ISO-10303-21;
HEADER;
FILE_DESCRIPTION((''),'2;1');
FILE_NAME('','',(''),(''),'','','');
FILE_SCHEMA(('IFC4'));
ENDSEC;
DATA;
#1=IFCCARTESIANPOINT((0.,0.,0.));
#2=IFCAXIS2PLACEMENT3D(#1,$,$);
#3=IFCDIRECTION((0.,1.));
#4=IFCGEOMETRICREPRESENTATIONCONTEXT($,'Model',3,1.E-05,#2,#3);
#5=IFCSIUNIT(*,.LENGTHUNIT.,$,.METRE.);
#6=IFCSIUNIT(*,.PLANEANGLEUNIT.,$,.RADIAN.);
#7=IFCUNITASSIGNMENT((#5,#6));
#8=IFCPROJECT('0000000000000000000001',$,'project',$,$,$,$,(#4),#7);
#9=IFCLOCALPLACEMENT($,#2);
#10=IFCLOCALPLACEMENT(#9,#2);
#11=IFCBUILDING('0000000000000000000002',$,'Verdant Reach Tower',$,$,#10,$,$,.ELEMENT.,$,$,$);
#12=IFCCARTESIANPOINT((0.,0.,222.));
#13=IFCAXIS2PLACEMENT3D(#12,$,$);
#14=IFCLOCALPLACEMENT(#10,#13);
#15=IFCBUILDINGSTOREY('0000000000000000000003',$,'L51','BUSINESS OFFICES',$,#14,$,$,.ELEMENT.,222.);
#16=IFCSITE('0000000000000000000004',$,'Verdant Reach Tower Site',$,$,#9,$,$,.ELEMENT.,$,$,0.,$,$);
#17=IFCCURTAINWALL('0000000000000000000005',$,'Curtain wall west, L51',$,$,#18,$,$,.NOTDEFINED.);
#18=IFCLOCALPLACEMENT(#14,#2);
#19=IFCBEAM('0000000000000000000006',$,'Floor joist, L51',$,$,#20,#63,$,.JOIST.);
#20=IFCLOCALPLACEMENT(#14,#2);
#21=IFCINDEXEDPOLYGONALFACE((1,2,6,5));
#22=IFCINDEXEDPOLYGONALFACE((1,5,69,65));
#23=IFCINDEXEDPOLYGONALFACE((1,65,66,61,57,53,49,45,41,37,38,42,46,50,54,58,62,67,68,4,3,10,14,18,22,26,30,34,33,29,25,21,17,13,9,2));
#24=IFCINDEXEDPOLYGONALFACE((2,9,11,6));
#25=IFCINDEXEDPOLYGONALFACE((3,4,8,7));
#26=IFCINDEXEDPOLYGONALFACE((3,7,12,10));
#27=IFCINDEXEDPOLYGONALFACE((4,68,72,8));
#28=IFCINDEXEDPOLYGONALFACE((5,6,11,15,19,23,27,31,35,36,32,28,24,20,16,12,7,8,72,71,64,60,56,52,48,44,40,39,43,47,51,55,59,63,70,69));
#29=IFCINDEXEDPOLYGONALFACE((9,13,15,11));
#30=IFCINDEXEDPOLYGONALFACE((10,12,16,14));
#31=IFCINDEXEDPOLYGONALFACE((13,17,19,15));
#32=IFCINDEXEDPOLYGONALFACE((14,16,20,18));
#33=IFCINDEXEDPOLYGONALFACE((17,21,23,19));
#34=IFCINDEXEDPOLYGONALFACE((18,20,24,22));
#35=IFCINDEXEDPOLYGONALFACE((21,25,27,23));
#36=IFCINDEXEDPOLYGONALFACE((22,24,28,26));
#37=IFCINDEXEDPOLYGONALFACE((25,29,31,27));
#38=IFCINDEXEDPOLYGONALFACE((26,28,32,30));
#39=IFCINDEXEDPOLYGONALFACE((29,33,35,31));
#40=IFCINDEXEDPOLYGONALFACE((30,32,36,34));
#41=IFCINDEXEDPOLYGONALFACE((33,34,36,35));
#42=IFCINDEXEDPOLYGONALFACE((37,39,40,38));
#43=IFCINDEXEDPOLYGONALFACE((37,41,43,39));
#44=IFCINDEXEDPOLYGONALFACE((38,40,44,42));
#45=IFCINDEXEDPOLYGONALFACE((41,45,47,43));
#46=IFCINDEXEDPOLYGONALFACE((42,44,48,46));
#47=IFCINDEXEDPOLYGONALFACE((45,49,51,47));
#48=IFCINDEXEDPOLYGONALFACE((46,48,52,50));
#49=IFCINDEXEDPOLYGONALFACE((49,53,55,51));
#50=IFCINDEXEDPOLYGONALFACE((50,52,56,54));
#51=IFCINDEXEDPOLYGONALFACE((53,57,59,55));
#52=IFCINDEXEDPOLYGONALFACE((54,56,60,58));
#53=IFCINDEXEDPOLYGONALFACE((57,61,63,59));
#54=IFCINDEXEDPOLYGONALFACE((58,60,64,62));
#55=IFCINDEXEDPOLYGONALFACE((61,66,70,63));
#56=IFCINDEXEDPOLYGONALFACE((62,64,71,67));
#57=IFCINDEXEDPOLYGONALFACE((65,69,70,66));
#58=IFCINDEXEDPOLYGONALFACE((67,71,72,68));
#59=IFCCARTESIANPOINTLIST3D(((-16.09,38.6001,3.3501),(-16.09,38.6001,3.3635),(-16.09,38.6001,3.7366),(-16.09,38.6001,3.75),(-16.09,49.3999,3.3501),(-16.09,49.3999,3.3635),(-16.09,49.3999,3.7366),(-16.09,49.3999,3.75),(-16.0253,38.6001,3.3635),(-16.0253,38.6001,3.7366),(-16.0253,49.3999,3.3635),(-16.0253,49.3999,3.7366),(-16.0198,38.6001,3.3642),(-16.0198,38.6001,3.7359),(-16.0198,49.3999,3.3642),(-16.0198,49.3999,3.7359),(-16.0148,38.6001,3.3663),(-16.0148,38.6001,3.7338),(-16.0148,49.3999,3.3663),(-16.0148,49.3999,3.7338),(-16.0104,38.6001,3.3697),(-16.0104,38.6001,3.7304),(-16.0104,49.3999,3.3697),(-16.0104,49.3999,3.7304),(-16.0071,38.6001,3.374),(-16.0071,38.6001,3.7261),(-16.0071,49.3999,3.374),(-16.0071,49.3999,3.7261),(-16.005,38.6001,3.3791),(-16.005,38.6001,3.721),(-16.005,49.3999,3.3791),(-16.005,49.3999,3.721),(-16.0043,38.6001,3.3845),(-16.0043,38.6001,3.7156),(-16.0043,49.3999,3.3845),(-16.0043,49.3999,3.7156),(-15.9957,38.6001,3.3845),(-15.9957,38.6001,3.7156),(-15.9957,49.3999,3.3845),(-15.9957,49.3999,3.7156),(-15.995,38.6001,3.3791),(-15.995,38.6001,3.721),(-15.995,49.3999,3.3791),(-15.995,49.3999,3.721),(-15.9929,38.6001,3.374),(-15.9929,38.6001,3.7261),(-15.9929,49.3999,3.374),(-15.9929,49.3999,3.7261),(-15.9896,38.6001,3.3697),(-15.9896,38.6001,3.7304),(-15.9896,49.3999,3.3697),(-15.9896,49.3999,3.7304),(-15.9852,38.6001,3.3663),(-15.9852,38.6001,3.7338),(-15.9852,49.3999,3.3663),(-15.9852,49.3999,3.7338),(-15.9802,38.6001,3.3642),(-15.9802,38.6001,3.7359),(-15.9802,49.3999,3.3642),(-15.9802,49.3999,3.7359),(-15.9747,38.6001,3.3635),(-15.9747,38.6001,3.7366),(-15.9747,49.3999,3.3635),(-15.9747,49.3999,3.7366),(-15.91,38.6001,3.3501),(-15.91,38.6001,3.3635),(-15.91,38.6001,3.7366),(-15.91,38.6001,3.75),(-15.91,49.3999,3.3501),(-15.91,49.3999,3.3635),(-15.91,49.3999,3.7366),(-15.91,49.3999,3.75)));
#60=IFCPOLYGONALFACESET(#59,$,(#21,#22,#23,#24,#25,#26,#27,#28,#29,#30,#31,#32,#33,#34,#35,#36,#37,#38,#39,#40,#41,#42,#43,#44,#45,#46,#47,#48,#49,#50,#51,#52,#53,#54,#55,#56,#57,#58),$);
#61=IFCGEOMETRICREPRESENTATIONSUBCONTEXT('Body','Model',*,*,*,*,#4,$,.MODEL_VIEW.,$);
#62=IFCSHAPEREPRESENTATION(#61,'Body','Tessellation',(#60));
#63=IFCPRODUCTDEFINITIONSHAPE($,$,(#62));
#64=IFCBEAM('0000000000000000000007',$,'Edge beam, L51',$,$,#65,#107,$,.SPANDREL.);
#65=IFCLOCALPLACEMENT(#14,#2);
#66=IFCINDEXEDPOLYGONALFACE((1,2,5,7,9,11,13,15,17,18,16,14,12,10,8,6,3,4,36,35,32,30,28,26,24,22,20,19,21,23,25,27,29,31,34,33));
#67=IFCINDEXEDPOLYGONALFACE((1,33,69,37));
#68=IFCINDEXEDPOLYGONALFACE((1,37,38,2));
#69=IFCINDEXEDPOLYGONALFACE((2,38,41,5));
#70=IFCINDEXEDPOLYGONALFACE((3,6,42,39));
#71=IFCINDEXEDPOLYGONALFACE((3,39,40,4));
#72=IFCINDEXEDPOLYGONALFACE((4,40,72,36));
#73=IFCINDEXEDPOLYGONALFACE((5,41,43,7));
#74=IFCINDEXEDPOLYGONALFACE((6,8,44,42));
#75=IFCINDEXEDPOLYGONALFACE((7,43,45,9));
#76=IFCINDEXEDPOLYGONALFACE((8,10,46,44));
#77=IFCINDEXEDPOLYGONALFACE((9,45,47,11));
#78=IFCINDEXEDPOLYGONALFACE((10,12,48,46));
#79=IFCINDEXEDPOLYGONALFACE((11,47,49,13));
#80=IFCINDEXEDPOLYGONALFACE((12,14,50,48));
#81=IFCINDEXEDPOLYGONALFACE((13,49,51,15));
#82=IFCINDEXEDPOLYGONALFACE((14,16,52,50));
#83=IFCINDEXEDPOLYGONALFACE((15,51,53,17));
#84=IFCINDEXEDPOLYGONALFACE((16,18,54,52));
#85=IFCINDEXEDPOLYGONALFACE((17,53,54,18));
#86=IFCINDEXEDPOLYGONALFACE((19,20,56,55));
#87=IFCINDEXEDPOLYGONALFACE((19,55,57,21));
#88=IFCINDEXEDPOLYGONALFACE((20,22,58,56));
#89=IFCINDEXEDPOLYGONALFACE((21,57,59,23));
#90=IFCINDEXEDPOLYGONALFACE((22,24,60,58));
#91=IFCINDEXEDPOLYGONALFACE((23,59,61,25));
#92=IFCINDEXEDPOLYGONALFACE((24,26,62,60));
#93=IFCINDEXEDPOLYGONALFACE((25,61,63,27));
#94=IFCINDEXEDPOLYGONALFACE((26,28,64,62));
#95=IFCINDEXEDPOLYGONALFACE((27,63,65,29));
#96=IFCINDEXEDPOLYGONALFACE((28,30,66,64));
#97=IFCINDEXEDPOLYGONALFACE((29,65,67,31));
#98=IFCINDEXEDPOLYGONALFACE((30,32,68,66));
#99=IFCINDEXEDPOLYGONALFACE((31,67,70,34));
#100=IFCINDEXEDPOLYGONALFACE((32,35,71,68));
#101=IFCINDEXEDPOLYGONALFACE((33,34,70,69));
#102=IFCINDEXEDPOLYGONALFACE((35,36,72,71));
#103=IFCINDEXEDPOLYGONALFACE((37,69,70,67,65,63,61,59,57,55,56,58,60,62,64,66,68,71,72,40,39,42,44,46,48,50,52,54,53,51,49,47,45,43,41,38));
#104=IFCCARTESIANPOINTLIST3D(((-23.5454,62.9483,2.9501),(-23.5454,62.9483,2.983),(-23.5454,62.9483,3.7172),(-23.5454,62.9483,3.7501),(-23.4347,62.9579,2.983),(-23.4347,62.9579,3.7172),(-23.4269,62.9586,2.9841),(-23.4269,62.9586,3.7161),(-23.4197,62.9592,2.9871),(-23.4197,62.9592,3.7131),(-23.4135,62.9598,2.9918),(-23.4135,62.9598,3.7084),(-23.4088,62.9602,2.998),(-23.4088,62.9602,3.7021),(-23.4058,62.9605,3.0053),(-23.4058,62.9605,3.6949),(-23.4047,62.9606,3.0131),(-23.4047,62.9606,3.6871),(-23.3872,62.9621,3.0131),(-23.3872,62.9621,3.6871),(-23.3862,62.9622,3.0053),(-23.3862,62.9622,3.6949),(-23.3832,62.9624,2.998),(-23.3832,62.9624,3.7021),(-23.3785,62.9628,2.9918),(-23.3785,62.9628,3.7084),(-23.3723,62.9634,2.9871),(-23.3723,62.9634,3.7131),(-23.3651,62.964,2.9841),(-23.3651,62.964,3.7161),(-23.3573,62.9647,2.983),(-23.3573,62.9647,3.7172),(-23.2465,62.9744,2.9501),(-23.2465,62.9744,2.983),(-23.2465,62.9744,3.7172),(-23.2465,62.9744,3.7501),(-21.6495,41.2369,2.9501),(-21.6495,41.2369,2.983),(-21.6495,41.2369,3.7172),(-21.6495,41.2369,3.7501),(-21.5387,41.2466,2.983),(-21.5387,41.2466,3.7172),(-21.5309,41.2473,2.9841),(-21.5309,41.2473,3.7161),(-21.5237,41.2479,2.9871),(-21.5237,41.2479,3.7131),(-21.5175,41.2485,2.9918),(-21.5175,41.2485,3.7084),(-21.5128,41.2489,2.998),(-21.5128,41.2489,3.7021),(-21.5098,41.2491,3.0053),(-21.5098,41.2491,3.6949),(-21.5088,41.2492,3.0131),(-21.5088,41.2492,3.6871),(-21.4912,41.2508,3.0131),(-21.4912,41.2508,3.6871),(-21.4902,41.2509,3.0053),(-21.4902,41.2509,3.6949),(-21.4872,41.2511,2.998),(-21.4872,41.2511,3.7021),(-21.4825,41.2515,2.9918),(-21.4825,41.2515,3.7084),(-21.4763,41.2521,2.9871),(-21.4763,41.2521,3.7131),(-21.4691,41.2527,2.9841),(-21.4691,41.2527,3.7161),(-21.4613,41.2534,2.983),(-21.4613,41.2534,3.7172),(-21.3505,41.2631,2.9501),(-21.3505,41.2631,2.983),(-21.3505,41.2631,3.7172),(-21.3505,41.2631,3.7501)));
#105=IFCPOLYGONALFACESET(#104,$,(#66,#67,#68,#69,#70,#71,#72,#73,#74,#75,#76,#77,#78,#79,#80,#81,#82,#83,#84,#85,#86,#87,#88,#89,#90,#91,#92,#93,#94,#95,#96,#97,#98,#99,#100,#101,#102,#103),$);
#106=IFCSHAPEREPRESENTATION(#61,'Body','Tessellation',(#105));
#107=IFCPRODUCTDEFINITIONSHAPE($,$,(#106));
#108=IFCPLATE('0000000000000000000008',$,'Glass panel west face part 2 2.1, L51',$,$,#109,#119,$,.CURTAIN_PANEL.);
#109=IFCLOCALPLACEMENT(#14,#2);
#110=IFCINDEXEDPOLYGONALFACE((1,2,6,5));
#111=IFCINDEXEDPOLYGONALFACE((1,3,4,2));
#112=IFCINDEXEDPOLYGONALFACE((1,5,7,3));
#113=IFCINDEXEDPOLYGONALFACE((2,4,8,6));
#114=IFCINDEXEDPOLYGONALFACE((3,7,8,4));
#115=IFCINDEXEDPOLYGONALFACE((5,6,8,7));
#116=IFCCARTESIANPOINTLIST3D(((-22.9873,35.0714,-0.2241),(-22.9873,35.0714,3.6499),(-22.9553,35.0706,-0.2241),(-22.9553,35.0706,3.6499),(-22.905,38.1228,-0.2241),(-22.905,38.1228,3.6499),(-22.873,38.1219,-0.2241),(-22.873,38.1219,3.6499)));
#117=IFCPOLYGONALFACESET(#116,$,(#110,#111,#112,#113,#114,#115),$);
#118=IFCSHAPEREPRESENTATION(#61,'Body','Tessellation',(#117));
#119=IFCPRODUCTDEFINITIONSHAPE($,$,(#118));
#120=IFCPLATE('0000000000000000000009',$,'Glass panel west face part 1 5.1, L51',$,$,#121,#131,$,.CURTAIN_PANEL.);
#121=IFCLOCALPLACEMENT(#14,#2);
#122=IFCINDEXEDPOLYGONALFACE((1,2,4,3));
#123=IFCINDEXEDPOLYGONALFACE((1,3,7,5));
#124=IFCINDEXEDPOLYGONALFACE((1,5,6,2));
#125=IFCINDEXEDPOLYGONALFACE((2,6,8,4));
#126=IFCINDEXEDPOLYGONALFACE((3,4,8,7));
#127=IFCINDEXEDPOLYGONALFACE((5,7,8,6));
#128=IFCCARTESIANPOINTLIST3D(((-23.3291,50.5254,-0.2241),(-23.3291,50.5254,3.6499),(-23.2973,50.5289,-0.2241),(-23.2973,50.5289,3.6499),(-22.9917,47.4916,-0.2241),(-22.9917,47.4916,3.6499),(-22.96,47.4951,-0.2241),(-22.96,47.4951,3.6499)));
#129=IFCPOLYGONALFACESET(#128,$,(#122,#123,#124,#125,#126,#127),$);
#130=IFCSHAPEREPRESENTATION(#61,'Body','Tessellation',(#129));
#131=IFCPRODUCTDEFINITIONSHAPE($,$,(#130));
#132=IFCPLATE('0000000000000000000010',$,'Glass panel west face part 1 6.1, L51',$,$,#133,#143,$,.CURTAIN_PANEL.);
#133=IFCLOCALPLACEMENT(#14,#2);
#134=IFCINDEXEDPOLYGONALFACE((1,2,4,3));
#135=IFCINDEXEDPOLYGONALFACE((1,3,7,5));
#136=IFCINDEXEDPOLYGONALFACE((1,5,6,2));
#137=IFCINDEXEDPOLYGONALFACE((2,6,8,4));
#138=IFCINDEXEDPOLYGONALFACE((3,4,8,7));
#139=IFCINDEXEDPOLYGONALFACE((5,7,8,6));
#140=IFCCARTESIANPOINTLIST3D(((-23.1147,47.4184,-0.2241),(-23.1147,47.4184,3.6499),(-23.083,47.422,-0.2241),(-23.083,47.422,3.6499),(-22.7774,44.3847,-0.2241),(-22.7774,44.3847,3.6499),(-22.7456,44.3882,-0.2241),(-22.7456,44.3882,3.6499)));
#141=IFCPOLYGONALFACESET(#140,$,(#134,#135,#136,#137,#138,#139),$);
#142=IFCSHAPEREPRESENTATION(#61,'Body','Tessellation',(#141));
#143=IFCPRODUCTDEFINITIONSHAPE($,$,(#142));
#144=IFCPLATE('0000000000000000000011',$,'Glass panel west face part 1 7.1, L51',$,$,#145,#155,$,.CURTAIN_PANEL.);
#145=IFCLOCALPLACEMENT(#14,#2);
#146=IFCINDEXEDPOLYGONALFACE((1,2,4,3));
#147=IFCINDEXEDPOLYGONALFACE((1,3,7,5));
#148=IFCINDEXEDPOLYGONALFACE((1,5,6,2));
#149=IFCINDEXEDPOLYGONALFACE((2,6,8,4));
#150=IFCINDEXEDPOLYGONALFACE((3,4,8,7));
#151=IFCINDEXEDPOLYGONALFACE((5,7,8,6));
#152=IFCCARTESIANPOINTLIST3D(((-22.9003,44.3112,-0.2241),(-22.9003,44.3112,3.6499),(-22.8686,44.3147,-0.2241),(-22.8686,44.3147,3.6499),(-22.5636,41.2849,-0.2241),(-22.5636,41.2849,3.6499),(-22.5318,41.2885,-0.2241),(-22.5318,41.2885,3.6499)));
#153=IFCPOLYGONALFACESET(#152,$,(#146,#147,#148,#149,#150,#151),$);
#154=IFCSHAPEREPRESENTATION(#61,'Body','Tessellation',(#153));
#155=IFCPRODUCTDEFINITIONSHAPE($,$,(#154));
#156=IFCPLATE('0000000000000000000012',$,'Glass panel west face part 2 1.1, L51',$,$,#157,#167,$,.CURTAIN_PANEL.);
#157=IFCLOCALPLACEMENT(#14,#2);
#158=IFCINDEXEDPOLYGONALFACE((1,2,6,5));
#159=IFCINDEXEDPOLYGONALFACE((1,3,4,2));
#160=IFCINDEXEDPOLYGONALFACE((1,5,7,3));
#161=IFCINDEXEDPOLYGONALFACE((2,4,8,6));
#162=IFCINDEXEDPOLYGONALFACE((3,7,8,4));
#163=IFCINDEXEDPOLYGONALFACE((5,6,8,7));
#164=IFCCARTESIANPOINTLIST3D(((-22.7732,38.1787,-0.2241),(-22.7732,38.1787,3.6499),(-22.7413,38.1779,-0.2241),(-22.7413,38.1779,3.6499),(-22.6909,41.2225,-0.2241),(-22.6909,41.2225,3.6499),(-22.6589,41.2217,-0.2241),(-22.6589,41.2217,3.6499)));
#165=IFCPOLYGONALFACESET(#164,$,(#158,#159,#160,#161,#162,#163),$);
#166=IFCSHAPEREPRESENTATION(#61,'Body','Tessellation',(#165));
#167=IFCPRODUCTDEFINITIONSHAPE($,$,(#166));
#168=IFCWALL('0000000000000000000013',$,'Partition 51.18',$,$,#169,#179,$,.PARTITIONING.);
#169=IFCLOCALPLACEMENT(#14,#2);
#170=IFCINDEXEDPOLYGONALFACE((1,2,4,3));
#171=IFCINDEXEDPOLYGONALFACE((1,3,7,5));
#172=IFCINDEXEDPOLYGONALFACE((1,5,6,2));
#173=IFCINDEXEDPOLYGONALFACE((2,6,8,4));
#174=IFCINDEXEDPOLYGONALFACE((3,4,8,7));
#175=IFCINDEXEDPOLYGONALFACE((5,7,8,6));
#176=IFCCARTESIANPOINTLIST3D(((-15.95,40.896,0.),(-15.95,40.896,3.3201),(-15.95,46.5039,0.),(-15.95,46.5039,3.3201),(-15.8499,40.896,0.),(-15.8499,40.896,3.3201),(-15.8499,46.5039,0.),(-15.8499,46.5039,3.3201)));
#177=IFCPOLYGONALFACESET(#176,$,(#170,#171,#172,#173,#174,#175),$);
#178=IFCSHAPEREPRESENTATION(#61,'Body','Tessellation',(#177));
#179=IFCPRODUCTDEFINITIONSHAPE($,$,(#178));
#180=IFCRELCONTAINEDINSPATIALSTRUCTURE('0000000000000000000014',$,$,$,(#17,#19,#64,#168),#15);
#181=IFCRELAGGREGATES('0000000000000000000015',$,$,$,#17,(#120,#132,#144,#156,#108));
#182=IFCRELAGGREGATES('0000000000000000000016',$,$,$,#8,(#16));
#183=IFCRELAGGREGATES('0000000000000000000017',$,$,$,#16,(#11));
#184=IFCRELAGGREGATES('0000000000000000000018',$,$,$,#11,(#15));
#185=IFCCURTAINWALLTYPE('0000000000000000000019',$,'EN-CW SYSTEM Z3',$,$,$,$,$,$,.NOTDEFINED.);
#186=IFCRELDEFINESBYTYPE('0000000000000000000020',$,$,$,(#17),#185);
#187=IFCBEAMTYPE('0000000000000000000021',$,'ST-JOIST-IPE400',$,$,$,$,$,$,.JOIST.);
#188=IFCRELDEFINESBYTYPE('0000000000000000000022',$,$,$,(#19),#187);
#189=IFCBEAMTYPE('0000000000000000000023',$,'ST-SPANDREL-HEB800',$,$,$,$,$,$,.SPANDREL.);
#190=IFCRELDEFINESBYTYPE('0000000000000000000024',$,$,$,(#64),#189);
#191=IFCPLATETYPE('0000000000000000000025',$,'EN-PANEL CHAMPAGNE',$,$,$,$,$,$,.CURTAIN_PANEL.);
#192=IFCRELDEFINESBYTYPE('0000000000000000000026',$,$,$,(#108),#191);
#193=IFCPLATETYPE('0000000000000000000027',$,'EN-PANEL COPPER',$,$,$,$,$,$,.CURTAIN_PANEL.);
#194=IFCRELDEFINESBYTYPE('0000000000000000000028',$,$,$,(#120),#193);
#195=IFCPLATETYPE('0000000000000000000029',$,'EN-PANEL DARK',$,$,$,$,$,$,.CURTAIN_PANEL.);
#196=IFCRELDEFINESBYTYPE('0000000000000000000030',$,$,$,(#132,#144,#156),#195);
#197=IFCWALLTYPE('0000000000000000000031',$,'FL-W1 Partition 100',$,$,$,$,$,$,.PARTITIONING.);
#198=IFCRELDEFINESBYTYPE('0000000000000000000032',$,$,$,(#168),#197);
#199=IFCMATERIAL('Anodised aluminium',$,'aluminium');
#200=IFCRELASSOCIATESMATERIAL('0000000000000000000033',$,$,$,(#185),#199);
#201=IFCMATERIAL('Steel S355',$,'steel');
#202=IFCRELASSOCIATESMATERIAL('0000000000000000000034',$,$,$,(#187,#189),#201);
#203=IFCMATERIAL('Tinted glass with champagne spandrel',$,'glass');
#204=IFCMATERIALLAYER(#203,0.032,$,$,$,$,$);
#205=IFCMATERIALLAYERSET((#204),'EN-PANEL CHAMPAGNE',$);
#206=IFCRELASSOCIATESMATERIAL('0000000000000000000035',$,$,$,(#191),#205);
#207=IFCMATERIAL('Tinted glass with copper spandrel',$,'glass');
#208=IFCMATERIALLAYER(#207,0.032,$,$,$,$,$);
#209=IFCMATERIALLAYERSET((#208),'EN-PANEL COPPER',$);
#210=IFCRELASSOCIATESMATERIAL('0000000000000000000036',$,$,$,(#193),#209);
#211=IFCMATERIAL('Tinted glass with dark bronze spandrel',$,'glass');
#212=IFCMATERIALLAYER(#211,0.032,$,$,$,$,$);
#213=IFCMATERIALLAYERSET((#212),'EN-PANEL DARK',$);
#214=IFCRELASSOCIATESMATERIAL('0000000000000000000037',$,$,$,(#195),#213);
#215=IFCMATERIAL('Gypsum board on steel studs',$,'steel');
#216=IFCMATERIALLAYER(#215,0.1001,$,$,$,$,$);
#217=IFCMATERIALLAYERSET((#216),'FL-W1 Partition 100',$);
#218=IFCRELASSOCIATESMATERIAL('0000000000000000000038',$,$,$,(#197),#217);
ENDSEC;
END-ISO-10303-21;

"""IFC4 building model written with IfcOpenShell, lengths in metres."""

from ifc_helpers import new_model, si_unit, direction, frame, frame_2d, origin, origin_2d, place, context, subcontext, project, spatial, rectangle, i_section, extrude, material, layer, layer_set, material_profile, profile_set, type_object, element, aggregate, save


model = new_model("IFC4")

# Units and contexts
model_context = context("Model", 3, precision=1e-05, world=origin(), true_north=direction((0.0, 1.0)))
body_context = subcontext(model_context, "Body", "Model", "MODEL_VIEW")
ifc_project = project(units=[si_unit("LENGTHUNIT", "METRE"), si_unit("PLANEANGLEUNIT", "RADIAN")], contexts=[model_context])

# Site, building, storey
site_placement = place(None, origin())
site = spatial("IfcSite", under=ifc_project, at=site_placement, Name="Verdant Reach Tower Site", CompositionType="ELEMENT", RefElevation=0.0)
building_placement = place(site_placement, origin())
building = spatial("IfcBuilding", under=site, at=building_placement, Name="Verdant Reach Tower", CompositionType="ELEMENT")
storey_placement = place(building_placement, frame((0.0, 0.0, 222.0)))
storey = spatial("IfcBuildingStorey", under=building, at=storey_placement, Name="L51", Description="BUSINESS OFFICES", CompositionType="ELEMENT", Elevation=222.0)

# Curtain wall
ifc_material_1 = material(Name="Anodised aluminium", Category="aluminium")
curtain_wall_type = type_object("IfcCurtainWallType", Name="EN-CW SYSTEM Z3", PredefinedType="NOTDEFINED", material=ifc_material_1)
curtain_wall_placement = place(storey_placement, origin())
curtain_wall = element("IfcCurtainWall", 1, at=curtain_wall_placement, inside=storey, type_object=curtain_wall_type, Name="Curtain wall west, L51", PredefinedType="NOTDEFINED")

# Beams
ifc_material_2 = material(Name="Steel S355", Category="steel")
ifc_material_profile_1 = material_profile(ifc_material_2, i_section(OverallWidth=0.1799, OverallDepth=0.3999, WebThickness=0.0085, FlangeThickness=0.0134, FilletRadius=0.021, at=origin_2d()), Name="IPE 400")
ifc_profile_set_1 = profile_set([ifc_material_profile_1], Name="Steel S355")
beam_type_1 = type_object("IfcBeamType", Name="ST-JOIST-IPE400", PredefinedType="JOIST", material=ifc_profile_set_1)
for number, where, z_axis, x_axis, name in (
    (2, (-16.0, 38.6001, 3.55), (0.0, 1.0, 0.0), (-1.0, 0.0, 0.0), "Floor joist, L51"),
):
    element("IfcBeam", number, at=place(storey_placement, frame(where, z_axis=z_axis, x_axis=x_axis)), inside=storey, type_object=beam_type_1, Name=name, PredefinedType="JOIST", context=body_context, shape_type="SweptSolid", body=[
        extrude(i_section(OverallWidth=0.1799, OverallDepth=0.3999, WebThickness=0.0085, FlangeThickness=0.0134, FilletRadius=0.021, at=origin_2d()), origin(), (0.0, 0.0, 1.0), 10.7998),
    ])
ifc_material_profile_2 = material_profile(ifc_material_2, i_section(OverallWidth=0.3, OverallDepth=0.8, WebThickness=0.0176, FlangeThickness=0.033, FilletRadius=0.03, at=origin_2d()), Name="HEB 800")
ifc_profile_set_2 = profile_set([ifc_material_profile_2], Name="Steel S355")
beam_type_2 = type_object("IfcBeamType", Name="ST-SPANDREL-HEB800", PredefinedType="SPANDREL", material=ifc_profile_set_2)
beam_1_placement = place(storey_placement, frame((-21.5, 41.25, 3.3501), z_axis=(-0.086996, 0.996209, 0.0), x_axis=(-0.996209, -0.086996, 0.0)))
element("IfcBeam", 3, at=beam_1_placement, inside=storey, type_object=beam_type_2, Name="Edge beam, L51", PredefinedType="SPANDREL", context=body_context, shape_type="SweptSolid", body=[
    extrude(i_section(OverallWidth=0.3, OverallDepth=0.8, WebThickness=0.0176, FlangeThickness=0.033, FilletRadius=0.03, at=origin_2d()), origin(), (0.0, 0.0, 1.0), 21.7939),
])

# Plates
ifc_material_3 = material(Name="Tinted glass with champagne spandrel", Category="glass")
ifc_layer_1 = layer(ifc_material_3, 0.032)
ifc_layer_set_1 = layer_set([ifc_layer_1], Name="EN-PANEL CHAMPAGNE")
plate_type_1 = type_object("IfcPlateType", Name="EN-PANEL CHAMPAGNE", PredefinedType="CURTAIN_PANEL", material=ifc_layer_set_1)
plate_1_placement = place(storey_placement, frame((-22.9302, 36.5967, -0.2241), z_axis=(0.0, 0.0, 1.0), x_axis=(-0.026965, -0.999636, 0.0)))
plate_1 = element("IfcPlate", 4, at=plate_1_placement, type_object=plate_type_1, Name="Glass panel west face part 2 2.1, L51", PredefinedType="CURTAIN_PANEL", context=body_context, shape_type="SweptSolid", body=[
    extrude(rectangle(XDim=3.0525, YDim=0.032, at=origin_2d()), origin(), (0.0, 0.0, 1.0), 3.874),
])
ifc_material_4 = material(Name="Tinted glass with copper spandrel", Category="glass")
ifc_layer_2 = layer(ifc_material_4, 0.032)
ifc_layer_set_2 = layer_set([ifc_layer_2], Name="EN-PANEL COPPER")
plate_type_2 = type_object("IfcPlateType", Name="EN-PANEL COPPER", PredefinedType="CURTAIN_PANEL", material=ifc_layer_set_2)
plate_2_placement = place(storey_placement, frame((-23.1445, 49.0103, -0.2241), z_axis=(0.0, 0.0, 1.0), x_axis=(0.110518, -0.993874, 0.0)))
plate_2 = element("IfcPlate", 5, at=plate_2_placement, type_object=plate_type_2, Name="Glass panel west face part 1 5.1, L51", PredefinedType="CURTAIN_PANEL", context=body_context, shape_type="SweptSolid", body=[
    extrude(rectangle(XDim=3.0525, YDim=0.032, at=origin_2d()), origin(), (0.0, 0.0, 1.0), 3.874),
])
ifc_material_5 = material(Name="Tinted glass with dark bronze spandrel", Category="glass")
ifc_layer_3 = layer(ifc_material_5, 0.032)
ifc_layer_set_3 = layer_set([ifc_layer_3], Name="EN-PANEL DARK")
plate_type_3 = type_object("IfcPlateType", Name="EN-PANEL DARK", PredefinedType="CURTAIN_PANEL", material=ifc_layer_set_3)
plate_3_placement = place(storey_placement, frame((-22.9302, 45.9033, -0.2241), z_axis=(0.0, 0.0, 1.0), x_axis=(0.110518, -0.993874, 0.0)))
plate_3 = element("IfcPlate", 6, at=plate_3_placement, type_object=plate_type_3, Name="Glass panel west face part 1 6.1, L51", PredefinedType="CURTAIN_PANEL", context=body_context, shape_type="SweptSolid", body=[
    extrude(rectangle(XDim=3.0525, YDim=0.032, at=origin_2d()), origin(), (0.0, 0.0, 1.0), 3.874),
])
plate_4_placement = place(storey_placement, frame((-22.7161, 42.7998, -0.2241), z_axis=(0.0, 0.0, 1.0), x_axis=(0.110601, -0.993865, 0.0)))
plate_4 = element("IfcPlate", 7, at=plate_4_placement, type_object=plate_type_3, Name="Glass panel west face part 1 7.1, L51", PredefinedType="CURTAIN_PANEL", context=body_context, shape_type="SweptSolid", body=[
    extrude(rectangle(XDim=3.0449, YDim=0.032, at=origin_2d()), origin(), (0.0, 0.0, 1.0), 3.874),
])
plate_5_placement = place(storey_placement, frame((-22.7161, 39.7002, -0.2241), z_axis=(0.0, 0.0, 1.0), x_axis=(-0.027048, -0.999634, 0.0)))
plate_5 = element("IfcPlate", 8, at=plate_5_placement, type_object=plate_type_3, Name="Glass panel west face part 2 1.1, L51", PredefinedType="CURTAIN_PANEL", context=body_context, shape_type="SweptSolid", body=[
    extrude(rectangle(XDim=3.0449, YDim=0.032, at=origin_2d()), origin(), (0.0, 0.0, 1.0), 3.874),
])
aggregate(curtain_wall, [plate_2, plate_3, plate_4, plate_5, plate_1])

# Wall
ifc_material_6 = material(Name="Gypsum board on steel studs", Category="steel")
ifc_layer_4 = layer(ifc_material_6, 0.1001)
ifc_layer_set_4 = layer_set([ifc_layer_4], Name="FL-W1 Partition 100")
wall_type_1 = type_object("IfcWallType", Name="FL-W1 Partition 100", PredefinedType="PARTITIONING", material=ifc_layer_set_4)
wall_1_placement = place(storey_placement, frame((-15.8999, 46.5039, 0.0), z_axis=(0.0, 0.0, 1.0), x_axis=(0.0, -1.0, 0.0)))
element("IfcWall", 9, at=wall_1_placement, inside=storey, type_object=wall_type_1, Name="Partition 51.18", PredefinedType="PARTITIONING", context=body_context, shape_type="SweptSolid", body=[
    extrude(rectangle(XDim=5.6079, YDim=0.1001, at=frame_2d((2.804, 0.0))), origin(), (0.0, 0.0, 1.0), 3.3201),
])

save(model, "model.ifc")
